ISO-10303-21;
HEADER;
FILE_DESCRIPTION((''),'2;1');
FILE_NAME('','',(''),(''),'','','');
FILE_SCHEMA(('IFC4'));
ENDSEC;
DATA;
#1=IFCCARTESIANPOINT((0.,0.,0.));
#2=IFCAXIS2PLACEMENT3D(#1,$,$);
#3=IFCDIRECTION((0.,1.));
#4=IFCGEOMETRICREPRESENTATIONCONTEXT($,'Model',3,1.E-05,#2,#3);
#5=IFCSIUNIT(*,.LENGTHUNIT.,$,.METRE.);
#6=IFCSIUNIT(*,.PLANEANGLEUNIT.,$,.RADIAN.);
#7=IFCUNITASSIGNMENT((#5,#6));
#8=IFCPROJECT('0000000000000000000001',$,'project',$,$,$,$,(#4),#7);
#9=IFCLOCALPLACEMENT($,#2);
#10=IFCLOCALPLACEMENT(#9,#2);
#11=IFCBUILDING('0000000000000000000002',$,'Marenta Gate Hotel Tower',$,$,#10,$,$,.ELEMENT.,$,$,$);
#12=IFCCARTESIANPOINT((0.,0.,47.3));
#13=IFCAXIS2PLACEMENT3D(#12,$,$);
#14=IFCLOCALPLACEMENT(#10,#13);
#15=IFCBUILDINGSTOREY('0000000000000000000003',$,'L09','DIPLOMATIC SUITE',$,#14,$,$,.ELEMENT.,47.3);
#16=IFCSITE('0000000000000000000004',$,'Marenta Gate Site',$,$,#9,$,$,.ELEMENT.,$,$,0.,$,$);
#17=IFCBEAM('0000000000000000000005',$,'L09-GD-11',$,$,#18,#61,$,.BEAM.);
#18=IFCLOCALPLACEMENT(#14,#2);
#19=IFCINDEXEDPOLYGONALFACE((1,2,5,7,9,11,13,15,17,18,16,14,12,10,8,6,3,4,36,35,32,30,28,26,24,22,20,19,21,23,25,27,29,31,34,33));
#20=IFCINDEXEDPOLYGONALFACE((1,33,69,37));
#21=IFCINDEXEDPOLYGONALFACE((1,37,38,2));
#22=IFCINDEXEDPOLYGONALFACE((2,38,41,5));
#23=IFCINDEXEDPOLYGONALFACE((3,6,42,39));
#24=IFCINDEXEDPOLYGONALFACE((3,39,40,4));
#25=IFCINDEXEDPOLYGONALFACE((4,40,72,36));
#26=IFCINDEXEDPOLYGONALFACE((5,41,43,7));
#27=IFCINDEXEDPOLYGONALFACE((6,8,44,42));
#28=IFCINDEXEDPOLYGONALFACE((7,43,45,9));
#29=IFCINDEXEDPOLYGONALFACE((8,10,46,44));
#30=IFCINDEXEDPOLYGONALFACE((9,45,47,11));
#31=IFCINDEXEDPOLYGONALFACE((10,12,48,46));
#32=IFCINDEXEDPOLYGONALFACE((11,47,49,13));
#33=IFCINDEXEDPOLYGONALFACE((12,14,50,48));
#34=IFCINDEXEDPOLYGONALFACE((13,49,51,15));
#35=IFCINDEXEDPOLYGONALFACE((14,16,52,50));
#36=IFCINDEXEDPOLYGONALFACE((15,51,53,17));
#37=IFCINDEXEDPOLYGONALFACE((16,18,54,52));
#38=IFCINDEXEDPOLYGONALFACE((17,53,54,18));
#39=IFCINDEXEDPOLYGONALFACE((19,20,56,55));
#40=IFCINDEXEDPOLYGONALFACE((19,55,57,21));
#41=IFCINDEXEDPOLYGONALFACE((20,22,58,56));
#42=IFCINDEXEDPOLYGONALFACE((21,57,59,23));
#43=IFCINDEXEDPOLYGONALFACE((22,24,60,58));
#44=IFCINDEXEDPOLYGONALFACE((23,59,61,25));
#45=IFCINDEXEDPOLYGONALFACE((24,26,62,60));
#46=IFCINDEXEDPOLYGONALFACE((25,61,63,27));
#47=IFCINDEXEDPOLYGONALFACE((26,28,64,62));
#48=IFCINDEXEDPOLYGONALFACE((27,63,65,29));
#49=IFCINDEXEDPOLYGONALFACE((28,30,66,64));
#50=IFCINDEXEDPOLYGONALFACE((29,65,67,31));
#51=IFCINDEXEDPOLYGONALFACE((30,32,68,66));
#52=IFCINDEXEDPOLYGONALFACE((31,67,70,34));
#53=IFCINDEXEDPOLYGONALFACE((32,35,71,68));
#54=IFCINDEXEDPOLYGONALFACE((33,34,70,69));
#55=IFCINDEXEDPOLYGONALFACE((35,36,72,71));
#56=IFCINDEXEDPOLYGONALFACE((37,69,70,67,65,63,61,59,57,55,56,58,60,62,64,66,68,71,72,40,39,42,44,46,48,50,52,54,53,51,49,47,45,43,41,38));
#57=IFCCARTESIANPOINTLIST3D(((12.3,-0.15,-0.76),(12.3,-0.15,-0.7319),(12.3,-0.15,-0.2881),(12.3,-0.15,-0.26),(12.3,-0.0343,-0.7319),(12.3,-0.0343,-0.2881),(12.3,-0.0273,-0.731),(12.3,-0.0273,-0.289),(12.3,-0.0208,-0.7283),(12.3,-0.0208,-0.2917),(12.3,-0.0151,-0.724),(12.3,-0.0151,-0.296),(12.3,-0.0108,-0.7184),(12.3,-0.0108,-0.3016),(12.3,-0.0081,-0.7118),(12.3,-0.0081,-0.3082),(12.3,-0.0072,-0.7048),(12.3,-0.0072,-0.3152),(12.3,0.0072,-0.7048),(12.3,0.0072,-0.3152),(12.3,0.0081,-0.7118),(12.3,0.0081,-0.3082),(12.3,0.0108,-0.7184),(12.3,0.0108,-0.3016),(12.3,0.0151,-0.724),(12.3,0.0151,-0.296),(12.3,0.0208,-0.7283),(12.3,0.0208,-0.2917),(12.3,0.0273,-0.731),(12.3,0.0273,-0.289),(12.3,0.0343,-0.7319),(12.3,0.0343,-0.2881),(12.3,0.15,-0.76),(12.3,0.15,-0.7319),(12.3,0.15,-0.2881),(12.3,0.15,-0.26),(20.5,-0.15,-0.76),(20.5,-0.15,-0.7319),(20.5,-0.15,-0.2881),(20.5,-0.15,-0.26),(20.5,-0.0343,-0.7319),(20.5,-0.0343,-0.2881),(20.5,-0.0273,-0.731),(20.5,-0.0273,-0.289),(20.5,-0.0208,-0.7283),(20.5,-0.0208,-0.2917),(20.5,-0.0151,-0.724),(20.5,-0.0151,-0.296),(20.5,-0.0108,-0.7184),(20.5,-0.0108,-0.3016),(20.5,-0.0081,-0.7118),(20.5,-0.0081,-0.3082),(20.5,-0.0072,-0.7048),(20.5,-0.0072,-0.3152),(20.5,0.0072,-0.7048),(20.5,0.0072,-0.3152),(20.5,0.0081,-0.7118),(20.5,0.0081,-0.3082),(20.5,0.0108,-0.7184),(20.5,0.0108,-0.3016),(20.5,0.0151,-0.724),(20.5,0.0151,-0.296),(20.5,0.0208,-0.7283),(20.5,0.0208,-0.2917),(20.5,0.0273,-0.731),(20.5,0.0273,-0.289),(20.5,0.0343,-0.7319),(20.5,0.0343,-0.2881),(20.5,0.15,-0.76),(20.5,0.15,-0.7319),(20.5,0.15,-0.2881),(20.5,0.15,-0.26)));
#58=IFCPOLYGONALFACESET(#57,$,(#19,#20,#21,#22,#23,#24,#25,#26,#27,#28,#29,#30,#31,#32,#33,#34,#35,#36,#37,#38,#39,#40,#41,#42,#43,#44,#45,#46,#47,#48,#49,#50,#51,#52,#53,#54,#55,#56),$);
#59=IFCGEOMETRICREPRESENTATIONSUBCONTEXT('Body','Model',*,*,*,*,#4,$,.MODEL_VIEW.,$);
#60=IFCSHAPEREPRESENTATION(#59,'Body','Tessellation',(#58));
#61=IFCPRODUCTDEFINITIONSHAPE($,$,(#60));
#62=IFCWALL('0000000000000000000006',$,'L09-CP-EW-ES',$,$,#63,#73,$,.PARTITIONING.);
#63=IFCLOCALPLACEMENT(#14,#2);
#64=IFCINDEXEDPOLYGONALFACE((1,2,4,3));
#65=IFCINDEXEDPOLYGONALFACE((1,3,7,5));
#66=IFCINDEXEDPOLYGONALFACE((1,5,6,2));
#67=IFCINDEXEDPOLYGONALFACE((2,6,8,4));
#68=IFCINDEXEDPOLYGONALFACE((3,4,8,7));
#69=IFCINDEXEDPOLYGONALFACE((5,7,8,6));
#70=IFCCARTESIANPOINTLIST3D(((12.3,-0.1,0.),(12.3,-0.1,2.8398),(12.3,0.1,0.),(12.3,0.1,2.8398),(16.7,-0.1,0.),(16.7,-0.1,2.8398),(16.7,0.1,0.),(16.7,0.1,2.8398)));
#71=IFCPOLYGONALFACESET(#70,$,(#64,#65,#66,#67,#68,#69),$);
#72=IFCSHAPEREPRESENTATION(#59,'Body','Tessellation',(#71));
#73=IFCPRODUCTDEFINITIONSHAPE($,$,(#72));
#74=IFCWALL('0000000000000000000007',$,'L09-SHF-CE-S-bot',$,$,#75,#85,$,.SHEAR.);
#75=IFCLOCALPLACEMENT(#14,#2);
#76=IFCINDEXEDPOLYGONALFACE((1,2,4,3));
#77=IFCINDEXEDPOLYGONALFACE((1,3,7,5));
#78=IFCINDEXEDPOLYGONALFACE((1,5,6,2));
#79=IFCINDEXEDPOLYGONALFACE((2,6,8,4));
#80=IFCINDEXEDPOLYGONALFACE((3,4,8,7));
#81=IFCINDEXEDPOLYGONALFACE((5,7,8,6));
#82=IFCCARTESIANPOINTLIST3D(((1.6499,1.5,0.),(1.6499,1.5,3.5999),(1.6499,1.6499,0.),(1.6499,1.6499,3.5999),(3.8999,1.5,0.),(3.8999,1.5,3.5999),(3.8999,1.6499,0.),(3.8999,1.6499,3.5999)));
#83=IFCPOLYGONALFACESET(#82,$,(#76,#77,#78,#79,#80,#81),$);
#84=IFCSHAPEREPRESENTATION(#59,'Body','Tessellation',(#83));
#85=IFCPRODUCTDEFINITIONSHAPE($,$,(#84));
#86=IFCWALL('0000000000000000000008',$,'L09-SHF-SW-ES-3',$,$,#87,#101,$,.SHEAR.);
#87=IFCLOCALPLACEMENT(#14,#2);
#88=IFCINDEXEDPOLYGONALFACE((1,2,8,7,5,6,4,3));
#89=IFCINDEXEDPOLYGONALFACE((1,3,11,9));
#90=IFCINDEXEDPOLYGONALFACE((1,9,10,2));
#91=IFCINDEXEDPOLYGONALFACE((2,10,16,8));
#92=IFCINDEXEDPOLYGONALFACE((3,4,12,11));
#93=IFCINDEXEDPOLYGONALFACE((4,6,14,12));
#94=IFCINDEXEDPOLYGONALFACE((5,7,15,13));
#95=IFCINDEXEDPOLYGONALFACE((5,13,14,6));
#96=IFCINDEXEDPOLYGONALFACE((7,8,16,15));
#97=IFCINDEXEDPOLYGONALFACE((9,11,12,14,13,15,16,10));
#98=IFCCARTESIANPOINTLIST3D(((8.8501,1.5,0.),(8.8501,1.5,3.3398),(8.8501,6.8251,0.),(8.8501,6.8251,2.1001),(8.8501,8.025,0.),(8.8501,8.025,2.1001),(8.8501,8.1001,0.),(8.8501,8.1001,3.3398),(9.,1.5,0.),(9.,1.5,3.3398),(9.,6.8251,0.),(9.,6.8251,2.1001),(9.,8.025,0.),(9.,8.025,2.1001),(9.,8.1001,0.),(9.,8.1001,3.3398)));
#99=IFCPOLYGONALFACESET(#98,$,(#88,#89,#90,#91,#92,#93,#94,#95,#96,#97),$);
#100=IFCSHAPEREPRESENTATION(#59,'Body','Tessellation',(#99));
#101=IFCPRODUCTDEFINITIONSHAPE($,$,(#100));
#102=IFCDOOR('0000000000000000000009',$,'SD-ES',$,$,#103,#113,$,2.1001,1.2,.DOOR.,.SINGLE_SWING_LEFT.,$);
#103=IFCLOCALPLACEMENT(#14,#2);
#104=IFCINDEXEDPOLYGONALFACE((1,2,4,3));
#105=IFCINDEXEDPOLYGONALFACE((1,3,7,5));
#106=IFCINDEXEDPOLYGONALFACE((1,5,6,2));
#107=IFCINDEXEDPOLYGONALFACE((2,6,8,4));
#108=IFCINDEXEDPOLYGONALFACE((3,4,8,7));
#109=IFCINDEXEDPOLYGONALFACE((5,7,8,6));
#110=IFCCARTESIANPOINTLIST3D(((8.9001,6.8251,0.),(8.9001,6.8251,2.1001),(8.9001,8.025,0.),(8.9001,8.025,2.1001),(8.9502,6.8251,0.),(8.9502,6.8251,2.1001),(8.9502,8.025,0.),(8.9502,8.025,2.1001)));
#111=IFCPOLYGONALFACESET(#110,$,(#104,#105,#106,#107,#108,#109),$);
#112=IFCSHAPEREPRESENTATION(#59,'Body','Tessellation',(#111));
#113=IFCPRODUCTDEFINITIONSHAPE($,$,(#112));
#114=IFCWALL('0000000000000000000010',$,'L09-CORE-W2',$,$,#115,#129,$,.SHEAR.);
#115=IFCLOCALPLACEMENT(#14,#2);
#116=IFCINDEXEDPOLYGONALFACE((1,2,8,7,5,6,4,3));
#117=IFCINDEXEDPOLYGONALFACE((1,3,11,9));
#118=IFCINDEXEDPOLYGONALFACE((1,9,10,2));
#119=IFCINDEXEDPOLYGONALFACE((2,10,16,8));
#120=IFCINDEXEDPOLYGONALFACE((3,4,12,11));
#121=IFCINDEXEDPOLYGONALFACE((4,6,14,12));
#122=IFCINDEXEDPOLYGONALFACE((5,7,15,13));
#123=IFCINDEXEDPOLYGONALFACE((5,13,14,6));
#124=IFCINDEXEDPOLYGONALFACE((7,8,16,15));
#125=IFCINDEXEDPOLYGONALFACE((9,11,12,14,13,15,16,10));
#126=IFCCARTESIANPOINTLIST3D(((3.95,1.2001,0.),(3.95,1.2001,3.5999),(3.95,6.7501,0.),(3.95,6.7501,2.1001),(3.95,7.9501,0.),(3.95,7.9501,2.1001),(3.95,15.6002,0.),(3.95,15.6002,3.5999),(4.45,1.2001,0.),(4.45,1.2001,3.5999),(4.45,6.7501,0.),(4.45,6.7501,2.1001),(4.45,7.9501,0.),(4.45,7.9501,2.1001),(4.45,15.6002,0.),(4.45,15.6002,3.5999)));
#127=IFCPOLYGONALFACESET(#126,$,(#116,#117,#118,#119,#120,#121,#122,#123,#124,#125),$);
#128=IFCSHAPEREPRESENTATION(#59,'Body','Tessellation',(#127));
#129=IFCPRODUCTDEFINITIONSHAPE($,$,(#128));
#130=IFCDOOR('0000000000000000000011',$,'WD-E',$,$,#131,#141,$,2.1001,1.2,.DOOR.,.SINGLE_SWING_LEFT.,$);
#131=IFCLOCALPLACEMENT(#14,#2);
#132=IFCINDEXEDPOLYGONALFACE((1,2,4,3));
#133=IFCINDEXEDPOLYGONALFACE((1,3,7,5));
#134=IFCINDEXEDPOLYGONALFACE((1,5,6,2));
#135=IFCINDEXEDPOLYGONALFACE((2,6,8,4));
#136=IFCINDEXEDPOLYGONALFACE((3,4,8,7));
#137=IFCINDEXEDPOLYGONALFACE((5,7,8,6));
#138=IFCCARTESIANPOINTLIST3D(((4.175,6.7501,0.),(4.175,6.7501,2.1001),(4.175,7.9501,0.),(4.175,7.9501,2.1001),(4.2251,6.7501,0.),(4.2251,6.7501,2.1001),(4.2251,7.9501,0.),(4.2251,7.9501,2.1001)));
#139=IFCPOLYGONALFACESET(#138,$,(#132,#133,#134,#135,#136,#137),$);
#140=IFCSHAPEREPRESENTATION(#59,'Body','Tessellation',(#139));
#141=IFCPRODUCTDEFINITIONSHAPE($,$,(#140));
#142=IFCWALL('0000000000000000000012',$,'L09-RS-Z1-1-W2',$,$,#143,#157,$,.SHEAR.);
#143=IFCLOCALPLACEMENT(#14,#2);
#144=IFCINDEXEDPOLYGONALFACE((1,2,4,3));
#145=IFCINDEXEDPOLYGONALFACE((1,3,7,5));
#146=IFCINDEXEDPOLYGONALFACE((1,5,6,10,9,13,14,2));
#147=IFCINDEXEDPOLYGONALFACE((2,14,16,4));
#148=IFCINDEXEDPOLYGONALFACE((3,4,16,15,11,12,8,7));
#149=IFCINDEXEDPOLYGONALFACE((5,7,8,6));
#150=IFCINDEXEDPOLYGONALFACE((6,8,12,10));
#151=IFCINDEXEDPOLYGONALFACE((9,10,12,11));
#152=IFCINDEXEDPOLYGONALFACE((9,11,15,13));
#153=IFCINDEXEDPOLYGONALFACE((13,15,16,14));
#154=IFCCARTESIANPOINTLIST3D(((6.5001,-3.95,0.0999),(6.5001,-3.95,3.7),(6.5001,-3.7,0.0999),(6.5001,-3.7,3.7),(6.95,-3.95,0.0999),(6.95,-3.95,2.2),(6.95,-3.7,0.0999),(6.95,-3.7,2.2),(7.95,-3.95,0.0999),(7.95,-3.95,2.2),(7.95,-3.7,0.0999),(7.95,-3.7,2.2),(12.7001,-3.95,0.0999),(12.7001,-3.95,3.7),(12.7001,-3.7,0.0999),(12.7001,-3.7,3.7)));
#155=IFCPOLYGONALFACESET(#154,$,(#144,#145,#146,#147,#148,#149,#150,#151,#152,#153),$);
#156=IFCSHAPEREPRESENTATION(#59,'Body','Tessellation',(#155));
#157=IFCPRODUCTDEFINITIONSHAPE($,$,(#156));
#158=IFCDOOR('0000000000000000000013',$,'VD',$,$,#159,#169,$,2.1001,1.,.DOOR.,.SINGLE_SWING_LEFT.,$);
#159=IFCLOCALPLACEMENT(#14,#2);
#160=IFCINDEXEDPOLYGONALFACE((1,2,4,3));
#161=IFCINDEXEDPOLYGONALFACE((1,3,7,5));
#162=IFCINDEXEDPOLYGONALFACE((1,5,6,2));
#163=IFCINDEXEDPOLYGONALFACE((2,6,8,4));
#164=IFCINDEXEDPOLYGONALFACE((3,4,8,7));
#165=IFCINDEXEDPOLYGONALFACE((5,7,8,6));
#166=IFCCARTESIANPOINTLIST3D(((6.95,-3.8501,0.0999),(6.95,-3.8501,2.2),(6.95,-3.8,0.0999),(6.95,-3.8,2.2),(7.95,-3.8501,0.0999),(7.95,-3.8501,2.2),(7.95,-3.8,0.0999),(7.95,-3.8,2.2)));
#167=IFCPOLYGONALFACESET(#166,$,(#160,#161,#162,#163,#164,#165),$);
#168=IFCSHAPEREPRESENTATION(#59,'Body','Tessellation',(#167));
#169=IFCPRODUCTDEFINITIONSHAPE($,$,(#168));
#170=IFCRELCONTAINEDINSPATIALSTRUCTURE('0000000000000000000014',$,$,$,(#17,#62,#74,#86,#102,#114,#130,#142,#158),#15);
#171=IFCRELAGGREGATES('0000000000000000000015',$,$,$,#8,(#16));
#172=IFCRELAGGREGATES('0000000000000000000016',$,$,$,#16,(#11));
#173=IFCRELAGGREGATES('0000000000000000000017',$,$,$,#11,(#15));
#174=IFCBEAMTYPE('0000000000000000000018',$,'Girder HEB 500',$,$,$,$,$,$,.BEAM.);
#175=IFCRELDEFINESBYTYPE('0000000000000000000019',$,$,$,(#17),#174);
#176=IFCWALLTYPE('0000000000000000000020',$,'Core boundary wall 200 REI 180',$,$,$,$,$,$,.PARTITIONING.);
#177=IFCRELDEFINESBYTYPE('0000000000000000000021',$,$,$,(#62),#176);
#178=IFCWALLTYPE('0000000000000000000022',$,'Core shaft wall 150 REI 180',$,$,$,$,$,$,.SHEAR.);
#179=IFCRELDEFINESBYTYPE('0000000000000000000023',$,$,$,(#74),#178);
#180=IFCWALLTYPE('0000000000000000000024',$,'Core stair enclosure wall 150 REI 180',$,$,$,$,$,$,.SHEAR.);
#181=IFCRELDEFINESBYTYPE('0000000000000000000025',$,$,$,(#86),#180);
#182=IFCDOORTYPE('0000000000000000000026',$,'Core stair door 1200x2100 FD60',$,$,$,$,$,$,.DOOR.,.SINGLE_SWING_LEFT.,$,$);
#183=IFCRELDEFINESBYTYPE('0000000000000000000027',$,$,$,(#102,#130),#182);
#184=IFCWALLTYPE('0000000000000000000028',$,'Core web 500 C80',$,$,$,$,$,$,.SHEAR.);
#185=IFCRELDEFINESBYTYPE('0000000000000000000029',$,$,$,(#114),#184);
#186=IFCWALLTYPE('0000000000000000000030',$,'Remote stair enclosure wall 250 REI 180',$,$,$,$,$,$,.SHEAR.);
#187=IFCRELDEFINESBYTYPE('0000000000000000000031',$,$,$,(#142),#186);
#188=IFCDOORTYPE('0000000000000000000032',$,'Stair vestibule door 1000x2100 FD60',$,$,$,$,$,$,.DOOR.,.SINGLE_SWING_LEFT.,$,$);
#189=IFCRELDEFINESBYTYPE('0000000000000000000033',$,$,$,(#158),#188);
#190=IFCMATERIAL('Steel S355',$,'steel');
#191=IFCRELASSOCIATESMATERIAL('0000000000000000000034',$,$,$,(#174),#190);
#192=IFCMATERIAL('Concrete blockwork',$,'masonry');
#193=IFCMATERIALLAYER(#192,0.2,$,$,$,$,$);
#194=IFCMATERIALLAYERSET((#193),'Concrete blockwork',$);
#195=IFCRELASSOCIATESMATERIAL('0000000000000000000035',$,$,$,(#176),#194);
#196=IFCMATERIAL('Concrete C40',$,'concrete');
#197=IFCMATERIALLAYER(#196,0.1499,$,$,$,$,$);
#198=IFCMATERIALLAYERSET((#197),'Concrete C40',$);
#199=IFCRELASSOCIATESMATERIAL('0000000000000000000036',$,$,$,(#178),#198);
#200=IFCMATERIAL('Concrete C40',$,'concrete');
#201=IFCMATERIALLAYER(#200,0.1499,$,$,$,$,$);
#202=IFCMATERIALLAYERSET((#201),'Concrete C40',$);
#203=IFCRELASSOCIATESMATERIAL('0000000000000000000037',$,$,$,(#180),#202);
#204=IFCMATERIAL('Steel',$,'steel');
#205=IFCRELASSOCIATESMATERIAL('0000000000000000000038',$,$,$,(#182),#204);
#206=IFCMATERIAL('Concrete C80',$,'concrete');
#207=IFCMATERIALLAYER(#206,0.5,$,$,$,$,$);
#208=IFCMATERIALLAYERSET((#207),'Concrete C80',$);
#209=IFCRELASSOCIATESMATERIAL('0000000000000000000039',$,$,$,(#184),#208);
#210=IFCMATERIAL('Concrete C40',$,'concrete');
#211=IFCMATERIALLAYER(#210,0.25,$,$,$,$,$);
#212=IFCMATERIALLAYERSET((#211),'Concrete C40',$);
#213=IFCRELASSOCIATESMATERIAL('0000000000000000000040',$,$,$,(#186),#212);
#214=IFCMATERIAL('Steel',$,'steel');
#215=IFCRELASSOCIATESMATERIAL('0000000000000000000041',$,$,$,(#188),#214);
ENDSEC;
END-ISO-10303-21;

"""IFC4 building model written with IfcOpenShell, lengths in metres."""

from ifc_helpers import new_model, si_unit, direction, frame, frame_2d, origin, origin_2d, place, context, subcontext, project, spatial, rectangle, i_section, extrude, material, layer, layer_set, material_profile, profile_set, type_object, element, fill, save


model = new_model("IFC4")

# Units and contexts
model_context = context("Model", 3, precision=1e-05, world=origin(), true_north=direction((0.0, 1.0)))
body_context = subcontext(model_context, "Body", "Model", "MODEL_VIEW")
ifc_project = project(units=[si_unit("LENGTHUNIT", "METRE"), si_unit("PLANEANGLEUNIT", "RADIAN")], contexts=[model_context])

# Site, building, storey
site_placement = place(None, origin())
site = spatial("IfcSite", under=ifc_project, at=site_placement, Name="Marenta Gate Site", CompositionType="ELEMENT", RefElevation=0.0)
building_placement = place(site_placement, origin())
building = spatial("IfcBuilding", under=site, at=building_placement, Name="Marenta Gate Hotel Tower", CompositionType="ELEMENT")
storey_placement = place(building_placement, frame((0.0, 0.0, 47.3)))
storey = spatial("IfcBuildingStorey", under=building, at=storey_placement, Name="L09", Description="DIPLOMATIC SUITE", CompositionType="ELEMENT", Elevation=47.3)

# Beam
ifc_material_1 = material(Name="Steel S355", Category="steel")
ifc_material_profile = material_profile(ifc_material_1, i_section(OverallWidth=0.3, OverallDepth=0.5, WebThickness=0.0144, FlangeThickness=0.0281, FilletRadius=0.0271, at=origin_2d()), Name="HEB 500")
ifc_profile_set = profile_set([ifc_material_profile], Name="Steel S355")
beam_type = type_object("IfcBeamType", Name="Girder HEB 500", PredefinedType="BEAM", material=ifc_profile_set)
beam_placement = place(storey_placement, frame((12.3, 0.0, -0.51), z_axis=(1.0, 0.0, 0.0), x_axis=(0.0, 1.0, 0.0)))
element("IfcBeam", 1, at=beam_placement, inside=storey, type_object=beam_type, Name="L09-GD-11", PredefinedType="BEAM", context=body_context, shape_type="SweptSolid", body=[
    extrude(i_section(OverallWidth=0.3, OverallDepth=0.5, WebThickness=0.0144, FlangeThickness=0.0281, FilletRadius=0.0271, at=origin_2d()), origin(), (0.0, 0.0, 1.0), 8.2),
])

# Walls
ifc_material_2 = material(Name="Concrete blockwork", Category="masonry")
ifc_layer_1 = layer(ifc_material_2, 0.2)
ifc_layer_set_1 = layer_set([ifc_layer_1], Name="Concrete blockwork")
wall_type_1 = type_object("IfcWallType", Name="Core boundary wall 200 REI 180", PredefinedType="PARTITIONING", material=ifc_layer_set_1)
wall_1_placement = place(storey_placement, frame((12.3, 0.0, 0.0), z_axis=(0.0, 0.0, 1.0), x_axis=(1.0, 0.0, 0.0)))
element("IfcWall", 2, at=wall_1_placement, inside=storey, type_object=wall_type_1, Name="L09-CP-EW-ES", PredefinedType="PARTITIONING", context=body_context, shape_type="SweptSolid", body=[
    extrude(rectangle(XDim=4.3999, YDim=0.2, at=frame_2d((2.2, 0.0))), origin(), (0.0, 0.0, 1.0), 2.8398),
])
ifc_material_3 = material(Name="Concrete C40", Category="concrete")
ifc_layer_2 = layer(ifc_material_3, 0.1499)
ifc_layer_set_2 = layer_set([ifc_layer_2], Name="Concrete C40")
wall_type_2 = type_object("IfcWallType", Name="Core shaft wall 150 REI 180", PredefinedType="SHEAR", material=ifc_layer_set_2)
wall_2_placement = place(storey_placement, frame((1.6499, 1.575, 0.0), z_axis=(0.0, 0.0, 1.0), x_axis=(1.0, 0.0, 0.0)))
element("IfcWall", 3, at=wall_2_placement, inside=storey, type_object=wall_type_2, Name="L09-SHF-CE-S-bot", PredefinedType="SHEAR", context=body_context, shape_type="SweptSolid", body=[
    extrude(rectangle(XDim=2.25, YDim=0.1499, at=frame_2d((1.125, 0.0))), origin(), (0.0, 0.0, 1.0), 3.5999),
])

# Wall, opening, door
ifc_material_4 = material(Name="Concrete C40", Category="concrete")
ifc_layer_3 = layer(ifc_material_4, 0.1499)
ifc_layer_set_3 = layer_set([ifc_layer_3], Name="Concrete C40")
wall_type_3 = type_object("IfcWallType", Name="Core stair enclosure wall 150 REI 180", PredefinedType="SHEAR", material=ifc_layer_set_3)
wall_3_placement = place(storey_placement, frame((8.925, 1.5, 0.0), z_axis=(0.0, 0.0, 1.0), x_axis=(0.0, 1.0, 0.0)))
wall_3 = element("IfcWall", 4, at=wall_3_placement, inside=storey, type_object=wall_type_3, Name="L09-SHF-SW-ES-3", PredefinedType="SHEAR", context=body_context, shape_type="SweptSolid", body=[
    extrude(rectangle(XDim=6.6001, YDim=0.1499, at=frame_2d((3.3, 0.0))), origin(), (0.0, 0.0, 1.0), 3.3398),
])
opening_1_placement = place(wall_3_placement, frame((5.325, 0.0, 0.0)))
opening_1 = element("IfcOpeningElement", 5, at=opening_1_placement, cuts=wall_3, PredefinedType="OPENING", context=body_context, shape_type="SweptSolid", body=[
    extrude(rectangle(XDim=1.2, YDim=2.1001, at=frame_2d((0.6001, 1.05))), frame((0.0, 0.075, 0.0), z_axis=(0.0, -1.0, 0.0), x_axis=(1.0, 0.0, 0.0)), (0.0, 0.0, 1.0), 0.1499),
])
ifc_material_5 = material(Name="Steel", Category="steel")
door_type_1 = type_object("IfcDoorType", Name="Core stair door 1200x2100 FD60", OperationType="SINGLE_SWING_LEFT", PredefinedType="DOOR", material=ifc_material_5)
door_1_placement = place(opening_1_placement, origin())
door_1 = element("IfcDoor", 6, at=door_1_placement, inside=storey, type_object=door_type_1, Name="SD-ES", OperationType="SINGLE_SWING_LEFT", OverallHeight=2.1001, OverallWidth=1.2, PredefinedType="DOOR", context=body_context, shape_type="SweptSolid", body=[
    extrude(rectangle(XDim=1.2, YDim=2.1001, at=frame_2d((0.6001, 1.05))), frame((0.0, 0.0249, 0.0), z_axis=(0.0, -1.0, 0.0), x_axis=(1.0, 0.0, 0.0)), (0.0, 0.0, 1.0), 0.05),
])
fill(opening_1, door_1)

# Walls, openings, doors
ifc_material_6 = material(Name="Concrete C80", Category="concrete")
ifc_layer_4 = layer(ifc_material_6, 0.5)
ifc_layer_set_4 = layer_set([ifc_layer_4], Name="Concrete C80")
wall_type_4 = type_object("IfcWallType", Name="Core web 500 C80", PredefinedType="SHEAR", material=ifc_layer_set_4)
wall_4_placement = place(storey_placement, frame((4.2, 1.2, 0.0), z_axis=(0.0, 0.0, 1.0), x_axis=(0.0, 1.0, 0.0)))
wall_4 = element("IfcWall", 7, at=wall_4_placement, inside=storey, type_object=wall_type_4, Name="L09-CORE-W2", PredefinedType="SHEAR", context=body_context, shape_type="SweptSolid", body=[
    extrude(rectangle(XDim=14.4001, YDim=0.5, at=frame_2d((7.2002, 0.0))), origin(), (0.0, 0.0, 1.0), 3.5999),
])
opening_2_placement = place(wall_4_placement, frame((5.55, 0.0, 0.0)))
opening_2 = element("IfcOpeningElement", 8, at=opening_2_placement, cuts=wall_4, PredefinedType="OPENING", context=body_context, shape_type="SweptSolid", body=[
    extrude(rectangle(XDim=1.2, YDim=2.1001, at=frame_2d((0.6001, 1.05))), frame((0.0, 0.25, 0.0), z_axis=(0.0, -1.0, 0.0), x_axis=(1.0, 0.0, 0.0)), (0.0, 0.0, 1.0), 0.5),
])
door_2_placement = place(opening_2_placement, origin())
door_2 = element("IfcDoor", 9, at=door_2_placement, inside=storey, type_object=door_type_1, Name="WD-E", OperationType="SINGLE_SWING_LEFT", OverallHeight=2.1001, OverallWidth=1.2, PredefinedType="DOOR", context=body_context, shape_type="SweptSolid", body=[
    extrude(rectangle(XDim=1.2, YDim=2.1001, at=frame_2d((0.6001, 1.05))), frame((0.0, 0.0249, 0.0), z_axis=(0.0, -1.0, 0.0), x_axis=(1.0, 0.0, 0.0)), (0.0, 0.0, 1.0), 0.05),
])
fill(opening_2, door_2)
ifc_material_7 = material(Name="Concrete C40", Category="concrete")
ifc_layer_5 = layer(ifc_material_7, 0.25)
ifc_layer_set_5 = layer_set([ifc_layer_5], Name="Concrete C40")
wall_type_5 = type_object("IfcWallType", Name="Remote stair enclosure wall 250 REI 180", PredefinedType="SHEAR", material=ifc_layer_set_5)
wall_5_placement = place(storey_placement, frame((6.5, -3.825, 0.0999), z_axis=(0.0, 0.0, 1.0), x_axis=(1.0, 0.0, 0.0)))
wall_5 = element("IfcWall", 10, at=wall_5_placement, inside=storey, type_object=wall_type_5, Name="L09-RS-Z1-1-W2", PredefinedType="SHEAR", context=body_context, shape_type="SweptSolid", body=[
    extrude(rectangle(XDim=6.2, YDim=0.25, at=frame_2d((3.1001, 0.0))), origin(), (0.0, 0.0, 1.0), 3.6001),
])
opening_3_placement = place(wall_5_placement, frame((0.45, 0.0, 0.0)))
opening_3 = element("IfcOpeningElement", 11, at=opening_3_placement, cuts=wall_5, PredefinedType="OPENING", context=body_context, shape_type="SweptSolid", body=[
    extrude(rectangle(XDim=1.0, YDim=2.1001, at=frame_2d((0.5, 1.05))), frame((0.0, 0.125, 0.0), z_axis=(0.0, -1.0, 0.0), x_axis=(1.0, 0.0, 0.0)), (0.0, 0.0, 1.0), 0.25),
])
ifc_material_8 = material(Name="Steel", Category="steel")
door_type_2 = type_object("IfcDoorType", Name="Stair vestibule door 1000x2100 FD60", OperationType="SINGLE_SWING_LEFT", PredefinedType="DOOR", material=ifc_material_8)
door_3_placement = place(opening_3_placement, origin())
door_3 = element("IfcDoor", 12, at=door_3_placement, inside=storey, type_object=door_type_2, Name="VD", OperationType="SINGLE_SWING_LEFT", OverallHeight=2.1001, OverallWidth=1.0, PredefinedType="DOOR", context=body_context, shape_type="SweptSolid", body=[
    extrude(rectangle(XDim=1.0, YDim=2.1001, at=frame_2d((0.5, 1.05))), frame((0.0, 0.0249, 0.0), z_axis=(0.0, -1.0, 0.0), x_axis=(1.0, 0.0, 0.0)), (0.0, 0.0, 1.0), 0.05),
])
fill(opening_3, door_3)

save(model, "model.ifc")
